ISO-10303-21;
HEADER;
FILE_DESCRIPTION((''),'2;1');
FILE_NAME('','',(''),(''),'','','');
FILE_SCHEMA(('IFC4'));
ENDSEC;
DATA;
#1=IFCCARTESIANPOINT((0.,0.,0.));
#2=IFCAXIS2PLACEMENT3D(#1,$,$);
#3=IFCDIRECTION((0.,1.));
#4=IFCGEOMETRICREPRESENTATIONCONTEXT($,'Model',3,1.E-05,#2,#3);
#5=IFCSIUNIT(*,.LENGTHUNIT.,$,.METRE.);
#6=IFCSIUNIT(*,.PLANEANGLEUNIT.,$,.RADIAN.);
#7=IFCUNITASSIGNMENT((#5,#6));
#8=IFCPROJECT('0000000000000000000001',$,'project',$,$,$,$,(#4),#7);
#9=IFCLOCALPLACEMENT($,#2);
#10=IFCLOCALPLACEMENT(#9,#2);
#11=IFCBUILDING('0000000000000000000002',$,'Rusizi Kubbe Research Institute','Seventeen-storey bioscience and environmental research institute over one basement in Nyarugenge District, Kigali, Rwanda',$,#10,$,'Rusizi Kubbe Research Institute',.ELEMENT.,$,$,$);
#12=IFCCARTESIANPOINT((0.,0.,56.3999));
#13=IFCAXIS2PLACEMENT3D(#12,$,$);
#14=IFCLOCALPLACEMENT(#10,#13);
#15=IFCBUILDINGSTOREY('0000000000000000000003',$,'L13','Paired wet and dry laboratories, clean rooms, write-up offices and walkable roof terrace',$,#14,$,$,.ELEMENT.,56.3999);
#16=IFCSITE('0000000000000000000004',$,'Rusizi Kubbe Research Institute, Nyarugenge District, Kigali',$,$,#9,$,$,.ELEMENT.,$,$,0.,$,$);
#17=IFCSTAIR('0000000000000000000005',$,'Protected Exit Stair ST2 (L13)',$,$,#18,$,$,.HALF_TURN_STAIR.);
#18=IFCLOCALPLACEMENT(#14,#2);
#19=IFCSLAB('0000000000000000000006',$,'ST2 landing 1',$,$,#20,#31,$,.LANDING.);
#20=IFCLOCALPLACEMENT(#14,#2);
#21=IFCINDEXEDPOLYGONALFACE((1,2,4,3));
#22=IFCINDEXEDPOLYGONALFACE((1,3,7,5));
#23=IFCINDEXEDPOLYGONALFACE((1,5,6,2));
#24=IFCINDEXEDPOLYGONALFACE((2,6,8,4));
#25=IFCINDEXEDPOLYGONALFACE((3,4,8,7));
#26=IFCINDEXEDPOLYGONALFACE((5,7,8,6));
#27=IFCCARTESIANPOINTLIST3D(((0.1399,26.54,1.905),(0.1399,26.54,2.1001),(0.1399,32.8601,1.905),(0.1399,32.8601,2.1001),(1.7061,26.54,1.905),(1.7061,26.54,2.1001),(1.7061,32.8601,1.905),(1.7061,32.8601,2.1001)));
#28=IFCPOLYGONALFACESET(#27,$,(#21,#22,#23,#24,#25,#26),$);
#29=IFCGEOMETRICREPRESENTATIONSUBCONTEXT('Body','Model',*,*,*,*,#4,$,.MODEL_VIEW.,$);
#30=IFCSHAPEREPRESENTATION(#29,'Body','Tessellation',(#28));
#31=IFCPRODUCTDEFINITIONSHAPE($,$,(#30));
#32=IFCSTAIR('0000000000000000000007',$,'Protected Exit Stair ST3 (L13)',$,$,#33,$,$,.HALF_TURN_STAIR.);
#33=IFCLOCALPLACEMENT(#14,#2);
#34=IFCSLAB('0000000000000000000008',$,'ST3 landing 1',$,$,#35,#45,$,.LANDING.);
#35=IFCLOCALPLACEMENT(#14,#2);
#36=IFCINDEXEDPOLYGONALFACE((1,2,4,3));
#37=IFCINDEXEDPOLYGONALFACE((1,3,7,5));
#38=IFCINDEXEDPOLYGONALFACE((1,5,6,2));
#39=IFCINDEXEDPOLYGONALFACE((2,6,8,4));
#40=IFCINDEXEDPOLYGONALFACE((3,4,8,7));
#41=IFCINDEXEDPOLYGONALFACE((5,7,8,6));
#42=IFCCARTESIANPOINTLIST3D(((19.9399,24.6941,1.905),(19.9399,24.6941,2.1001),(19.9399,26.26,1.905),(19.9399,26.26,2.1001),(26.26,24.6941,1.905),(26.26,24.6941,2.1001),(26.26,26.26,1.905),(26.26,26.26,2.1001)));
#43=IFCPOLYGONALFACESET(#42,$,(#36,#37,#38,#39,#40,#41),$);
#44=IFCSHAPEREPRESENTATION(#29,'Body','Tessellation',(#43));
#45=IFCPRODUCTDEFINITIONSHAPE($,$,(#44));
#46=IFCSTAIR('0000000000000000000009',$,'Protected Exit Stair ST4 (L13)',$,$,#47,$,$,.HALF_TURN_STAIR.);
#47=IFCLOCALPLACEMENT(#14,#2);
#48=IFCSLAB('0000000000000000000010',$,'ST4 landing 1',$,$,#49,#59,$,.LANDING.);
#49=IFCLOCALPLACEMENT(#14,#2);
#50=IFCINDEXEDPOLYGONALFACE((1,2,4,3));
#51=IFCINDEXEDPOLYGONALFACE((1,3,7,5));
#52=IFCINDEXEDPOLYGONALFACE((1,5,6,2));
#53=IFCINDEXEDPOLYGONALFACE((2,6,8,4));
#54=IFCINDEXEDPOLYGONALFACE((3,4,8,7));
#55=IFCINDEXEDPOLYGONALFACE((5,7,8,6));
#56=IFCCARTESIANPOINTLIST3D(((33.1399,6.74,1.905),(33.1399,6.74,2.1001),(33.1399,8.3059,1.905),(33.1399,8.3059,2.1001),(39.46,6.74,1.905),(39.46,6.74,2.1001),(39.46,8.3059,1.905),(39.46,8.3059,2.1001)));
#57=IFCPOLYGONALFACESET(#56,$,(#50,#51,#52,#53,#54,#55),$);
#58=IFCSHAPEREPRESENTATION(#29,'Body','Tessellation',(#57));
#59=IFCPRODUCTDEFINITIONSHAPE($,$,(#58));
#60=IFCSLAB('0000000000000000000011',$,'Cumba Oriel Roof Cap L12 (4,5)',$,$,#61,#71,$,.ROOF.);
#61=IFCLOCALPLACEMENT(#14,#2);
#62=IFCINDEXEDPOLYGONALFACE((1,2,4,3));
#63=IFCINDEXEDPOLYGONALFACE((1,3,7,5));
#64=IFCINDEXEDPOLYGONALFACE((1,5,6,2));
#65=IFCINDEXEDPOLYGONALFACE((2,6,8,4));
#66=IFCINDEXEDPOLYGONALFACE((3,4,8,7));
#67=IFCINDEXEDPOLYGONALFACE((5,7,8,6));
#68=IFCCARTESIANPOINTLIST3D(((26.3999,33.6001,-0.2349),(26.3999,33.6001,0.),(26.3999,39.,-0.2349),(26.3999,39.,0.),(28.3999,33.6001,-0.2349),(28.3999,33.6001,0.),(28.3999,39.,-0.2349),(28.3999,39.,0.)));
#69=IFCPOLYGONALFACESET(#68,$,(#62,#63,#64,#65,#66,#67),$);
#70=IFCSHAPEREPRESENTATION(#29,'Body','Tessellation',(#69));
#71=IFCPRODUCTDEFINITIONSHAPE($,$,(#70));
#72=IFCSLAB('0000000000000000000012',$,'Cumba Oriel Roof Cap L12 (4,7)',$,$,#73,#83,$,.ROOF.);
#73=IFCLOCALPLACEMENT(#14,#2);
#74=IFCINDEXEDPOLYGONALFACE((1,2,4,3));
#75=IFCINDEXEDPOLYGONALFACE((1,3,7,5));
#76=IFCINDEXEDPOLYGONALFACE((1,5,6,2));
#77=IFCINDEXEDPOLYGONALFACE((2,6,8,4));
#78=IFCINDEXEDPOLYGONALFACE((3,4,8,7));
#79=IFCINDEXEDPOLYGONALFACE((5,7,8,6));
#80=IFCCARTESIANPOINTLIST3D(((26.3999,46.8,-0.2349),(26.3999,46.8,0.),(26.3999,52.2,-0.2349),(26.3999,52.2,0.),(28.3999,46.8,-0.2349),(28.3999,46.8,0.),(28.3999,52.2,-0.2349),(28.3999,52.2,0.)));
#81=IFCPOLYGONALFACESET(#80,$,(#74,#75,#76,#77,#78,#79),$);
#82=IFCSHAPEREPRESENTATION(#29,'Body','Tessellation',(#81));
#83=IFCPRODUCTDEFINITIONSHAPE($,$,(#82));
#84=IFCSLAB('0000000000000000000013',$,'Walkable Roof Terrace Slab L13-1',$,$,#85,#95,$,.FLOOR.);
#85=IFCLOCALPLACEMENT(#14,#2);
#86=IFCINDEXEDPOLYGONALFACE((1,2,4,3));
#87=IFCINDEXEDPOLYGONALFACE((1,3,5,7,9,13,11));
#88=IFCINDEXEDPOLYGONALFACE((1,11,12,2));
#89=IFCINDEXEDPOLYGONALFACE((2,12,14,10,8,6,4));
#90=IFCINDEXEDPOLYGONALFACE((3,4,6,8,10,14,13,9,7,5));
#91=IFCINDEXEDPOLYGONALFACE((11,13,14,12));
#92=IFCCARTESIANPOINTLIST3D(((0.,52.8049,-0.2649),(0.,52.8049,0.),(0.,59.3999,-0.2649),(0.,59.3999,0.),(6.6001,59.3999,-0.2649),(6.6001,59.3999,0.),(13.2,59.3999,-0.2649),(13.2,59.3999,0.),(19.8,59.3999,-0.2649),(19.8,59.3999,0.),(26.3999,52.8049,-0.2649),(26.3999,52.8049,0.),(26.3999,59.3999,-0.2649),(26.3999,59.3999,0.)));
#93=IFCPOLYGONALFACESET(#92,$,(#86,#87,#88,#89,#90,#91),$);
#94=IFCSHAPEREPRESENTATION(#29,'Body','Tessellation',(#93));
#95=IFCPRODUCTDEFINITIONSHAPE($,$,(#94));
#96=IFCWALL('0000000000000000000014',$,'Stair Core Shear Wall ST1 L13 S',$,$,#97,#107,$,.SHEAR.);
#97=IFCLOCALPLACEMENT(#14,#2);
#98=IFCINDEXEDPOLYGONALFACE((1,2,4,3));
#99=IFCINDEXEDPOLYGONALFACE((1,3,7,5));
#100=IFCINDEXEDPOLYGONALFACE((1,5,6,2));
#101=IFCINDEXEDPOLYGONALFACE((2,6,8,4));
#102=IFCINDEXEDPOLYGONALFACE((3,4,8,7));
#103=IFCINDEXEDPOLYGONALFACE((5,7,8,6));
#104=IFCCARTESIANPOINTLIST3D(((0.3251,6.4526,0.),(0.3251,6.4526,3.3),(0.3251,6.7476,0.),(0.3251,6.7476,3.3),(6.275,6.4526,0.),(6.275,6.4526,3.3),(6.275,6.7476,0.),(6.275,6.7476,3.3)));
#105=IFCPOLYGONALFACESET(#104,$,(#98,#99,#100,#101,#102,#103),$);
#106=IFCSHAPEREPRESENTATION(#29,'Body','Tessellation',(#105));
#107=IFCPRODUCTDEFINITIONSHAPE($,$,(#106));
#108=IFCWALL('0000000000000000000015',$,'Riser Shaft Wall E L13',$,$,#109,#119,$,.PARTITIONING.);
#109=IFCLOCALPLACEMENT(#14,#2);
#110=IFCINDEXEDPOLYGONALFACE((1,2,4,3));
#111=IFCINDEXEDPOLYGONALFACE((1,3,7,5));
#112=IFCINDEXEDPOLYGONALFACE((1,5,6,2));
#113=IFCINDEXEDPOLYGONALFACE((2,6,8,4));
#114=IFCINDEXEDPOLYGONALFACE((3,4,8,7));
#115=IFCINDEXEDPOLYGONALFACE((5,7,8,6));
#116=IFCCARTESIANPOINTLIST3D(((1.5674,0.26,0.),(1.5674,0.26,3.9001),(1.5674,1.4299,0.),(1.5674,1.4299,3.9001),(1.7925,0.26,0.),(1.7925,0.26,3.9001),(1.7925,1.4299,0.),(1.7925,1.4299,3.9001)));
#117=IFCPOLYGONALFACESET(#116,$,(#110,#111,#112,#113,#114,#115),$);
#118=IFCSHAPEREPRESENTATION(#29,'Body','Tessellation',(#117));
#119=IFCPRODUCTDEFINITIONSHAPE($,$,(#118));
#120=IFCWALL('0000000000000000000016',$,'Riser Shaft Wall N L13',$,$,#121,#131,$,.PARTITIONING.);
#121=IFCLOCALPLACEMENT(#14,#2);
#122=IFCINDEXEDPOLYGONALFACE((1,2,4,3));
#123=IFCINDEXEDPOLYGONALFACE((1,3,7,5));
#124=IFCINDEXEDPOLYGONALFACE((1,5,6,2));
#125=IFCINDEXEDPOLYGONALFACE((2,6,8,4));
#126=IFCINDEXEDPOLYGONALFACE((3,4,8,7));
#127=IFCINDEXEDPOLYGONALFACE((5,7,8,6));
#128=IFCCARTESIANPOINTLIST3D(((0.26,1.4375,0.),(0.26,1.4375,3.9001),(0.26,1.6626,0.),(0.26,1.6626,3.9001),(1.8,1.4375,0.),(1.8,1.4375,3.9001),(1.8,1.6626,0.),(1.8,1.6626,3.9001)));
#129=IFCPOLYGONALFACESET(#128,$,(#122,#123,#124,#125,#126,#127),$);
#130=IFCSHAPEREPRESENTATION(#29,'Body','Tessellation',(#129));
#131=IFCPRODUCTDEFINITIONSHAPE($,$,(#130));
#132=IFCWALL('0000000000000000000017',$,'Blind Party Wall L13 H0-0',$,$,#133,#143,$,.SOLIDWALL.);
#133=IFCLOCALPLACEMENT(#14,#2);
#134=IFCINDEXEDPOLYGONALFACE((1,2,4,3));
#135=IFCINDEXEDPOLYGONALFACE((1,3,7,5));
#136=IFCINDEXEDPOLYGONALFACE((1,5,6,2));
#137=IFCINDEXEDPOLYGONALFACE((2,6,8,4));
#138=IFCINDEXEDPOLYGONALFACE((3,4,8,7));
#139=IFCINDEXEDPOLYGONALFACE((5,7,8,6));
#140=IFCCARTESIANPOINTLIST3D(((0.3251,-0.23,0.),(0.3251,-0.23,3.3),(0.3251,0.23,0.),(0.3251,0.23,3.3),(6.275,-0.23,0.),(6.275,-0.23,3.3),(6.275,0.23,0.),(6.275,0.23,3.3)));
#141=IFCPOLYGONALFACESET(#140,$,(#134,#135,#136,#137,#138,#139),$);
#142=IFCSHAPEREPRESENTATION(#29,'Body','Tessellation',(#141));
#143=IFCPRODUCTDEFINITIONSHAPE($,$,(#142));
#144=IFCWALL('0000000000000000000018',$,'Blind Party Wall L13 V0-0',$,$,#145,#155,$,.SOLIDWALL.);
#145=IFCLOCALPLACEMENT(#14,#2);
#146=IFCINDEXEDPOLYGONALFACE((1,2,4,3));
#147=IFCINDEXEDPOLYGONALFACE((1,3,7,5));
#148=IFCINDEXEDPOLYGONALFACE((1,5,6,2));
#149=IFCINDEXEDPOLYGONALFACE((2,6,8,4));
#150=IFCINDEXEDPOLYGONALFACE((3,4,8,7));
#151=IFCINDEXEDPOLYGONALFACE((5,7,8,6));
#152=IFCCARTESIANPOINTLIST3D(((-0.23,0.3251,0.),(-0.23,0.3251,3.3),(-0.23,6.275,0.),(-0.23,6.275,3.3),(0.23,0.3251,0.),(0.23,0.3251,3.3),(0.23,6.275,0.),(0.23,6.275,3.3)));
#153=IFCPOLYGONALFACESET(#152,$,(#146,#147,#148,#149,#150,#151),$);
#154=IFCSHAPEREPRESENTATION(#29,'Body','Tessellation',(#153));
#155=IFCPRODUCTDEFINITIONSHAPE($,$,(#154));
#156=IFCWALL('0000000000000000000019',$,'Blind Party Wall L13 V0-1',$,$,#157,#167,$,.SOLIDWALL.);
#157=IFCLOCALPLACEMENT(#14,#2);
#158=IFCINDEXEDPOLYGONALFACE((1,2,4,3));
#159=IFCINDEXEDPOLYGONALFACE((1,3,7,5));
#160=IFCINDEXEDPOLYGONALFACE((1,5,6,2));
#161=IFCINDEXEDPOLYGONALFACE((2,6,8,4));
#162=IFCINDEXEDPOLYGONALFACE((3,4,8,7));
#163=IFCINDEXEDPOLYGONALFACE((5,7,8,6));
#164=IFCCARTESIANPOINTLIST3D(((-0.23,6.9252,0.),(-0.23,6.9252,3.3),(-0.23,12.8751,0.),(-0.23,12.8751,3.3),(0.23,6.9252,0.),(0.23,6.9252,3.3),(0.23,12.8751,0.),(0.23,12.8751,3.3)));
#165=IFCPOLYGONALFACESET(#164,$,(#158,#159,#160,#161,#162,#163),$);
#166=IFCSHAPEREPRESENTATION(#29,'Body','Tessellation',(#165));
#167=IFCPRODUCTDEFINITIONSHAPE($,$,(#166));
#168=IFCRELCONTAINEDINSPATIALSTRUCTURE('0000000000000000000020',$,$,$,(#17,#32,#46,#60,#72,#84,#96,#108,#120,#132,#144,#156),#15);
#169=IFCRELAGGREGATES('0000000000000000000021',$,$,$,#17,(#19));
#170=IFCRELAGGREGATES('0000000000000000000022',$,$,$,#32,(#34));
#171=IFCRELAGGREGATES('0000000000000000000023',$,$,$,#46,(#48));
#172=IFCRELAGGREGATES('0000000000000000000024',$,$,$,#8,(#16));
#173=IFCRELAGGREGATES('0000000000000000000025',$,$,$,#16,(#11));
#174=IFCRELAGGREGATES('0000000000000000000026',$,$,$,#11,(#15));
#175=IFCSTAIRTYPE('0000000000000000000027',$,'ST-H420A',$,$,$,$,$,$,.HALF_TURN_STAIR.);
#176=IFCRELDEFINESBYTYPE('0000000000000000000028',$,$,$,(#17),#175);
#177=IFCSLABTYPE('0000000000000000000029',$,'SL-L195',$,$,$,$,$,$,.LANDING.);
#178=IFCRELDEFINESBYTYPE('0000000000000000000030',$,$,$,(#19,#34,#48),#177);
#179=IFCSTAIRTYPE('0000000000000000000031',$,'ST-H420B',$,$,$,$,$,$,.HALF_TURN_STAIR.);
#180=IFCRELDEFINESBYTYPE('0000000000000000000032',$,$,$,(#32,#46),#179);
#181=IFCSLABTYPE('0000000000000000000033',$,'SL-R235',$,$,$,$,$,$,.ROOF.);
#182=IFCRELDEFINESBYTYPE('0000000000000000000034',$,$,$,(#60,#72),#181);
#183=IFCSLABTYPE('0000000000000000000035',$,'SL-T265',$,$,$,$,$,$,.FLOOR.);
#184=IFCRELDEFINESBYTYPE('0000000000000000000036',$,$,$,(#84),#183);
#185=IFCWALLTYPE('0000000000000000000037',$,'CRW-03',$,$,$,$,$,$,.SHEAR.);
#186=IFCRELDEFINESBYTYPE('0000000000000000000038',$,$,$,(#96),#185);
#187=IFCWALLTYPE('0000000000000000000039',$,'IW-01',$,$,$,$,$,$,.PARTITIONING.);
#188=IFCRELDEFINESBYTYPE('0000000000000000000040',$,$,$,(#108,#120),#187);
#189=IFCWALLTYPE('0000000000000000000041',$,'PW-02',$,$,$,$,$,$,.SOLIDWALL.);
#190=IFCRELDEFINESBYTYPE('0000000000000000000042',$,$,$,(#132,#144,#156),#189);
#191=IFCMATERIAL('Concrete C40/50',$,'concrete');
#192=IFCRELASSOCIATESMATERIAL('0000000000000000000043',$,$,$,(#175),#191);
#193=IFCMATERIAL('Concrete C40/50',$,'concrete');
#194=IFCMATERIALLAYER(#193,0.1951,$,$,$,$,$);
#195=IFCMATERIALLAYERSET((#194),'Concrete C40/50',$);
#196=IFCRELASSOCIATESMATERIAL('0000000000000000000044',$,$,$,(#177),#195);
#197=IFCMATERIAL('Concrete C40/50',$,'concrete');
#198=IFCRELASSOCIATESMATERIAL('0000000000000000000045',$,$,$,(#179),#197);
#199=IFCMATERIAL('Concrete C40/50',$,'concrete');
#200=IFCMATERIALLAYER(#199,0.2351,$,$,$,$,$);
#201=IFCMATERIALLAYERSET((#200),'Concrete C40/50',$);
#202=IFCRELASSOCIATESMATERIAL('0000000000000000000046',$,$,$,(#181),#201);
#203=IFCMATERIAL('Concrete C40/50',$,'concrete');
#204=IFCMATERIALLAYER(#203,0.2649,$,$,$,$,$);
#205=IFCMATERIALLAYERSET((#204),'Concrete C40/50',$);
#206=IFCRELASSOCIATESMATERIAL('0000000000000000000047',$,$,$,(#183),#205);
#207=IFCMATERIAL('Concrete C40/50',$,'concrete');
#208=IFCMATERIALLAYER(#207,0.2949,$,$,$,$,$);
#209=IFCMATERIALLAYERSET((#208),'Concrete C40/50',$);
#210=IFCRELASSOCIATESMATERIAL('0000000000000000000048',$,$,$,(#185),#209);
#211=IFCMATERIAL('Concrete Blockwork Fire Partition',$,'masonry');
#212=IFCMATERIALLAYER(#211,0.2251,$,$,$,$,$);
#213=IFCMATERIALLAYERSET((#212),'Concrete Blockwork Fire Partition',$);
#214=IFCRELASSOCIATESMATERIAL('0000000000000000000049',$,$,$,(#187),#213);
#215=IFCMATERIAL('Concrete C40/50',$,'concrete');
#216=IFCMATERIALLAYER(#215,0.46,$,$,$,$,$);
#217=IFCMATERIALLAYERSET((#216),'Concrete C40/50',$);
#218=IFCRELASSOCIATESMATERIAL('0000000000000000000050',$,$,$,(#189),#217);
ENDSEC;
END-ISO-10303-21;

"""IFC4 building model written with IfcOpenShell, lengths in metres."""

from ifc_helpers import new_model, si_unit, direction, frame, frame_2d, origin, place, context, subcontext, project, spatial, polyline, rectangle, outline, extrude, material, layer, layer_set, type_object, element, aggregate, save


model = new_model("IFC4")

# Units and contexts
model_context = context("Model", 3, precision=1e-05, world=origin(), true_north=direction((0.0, 1.0)))
body_context = subcontext(model_context, "Body", "Model", "MODEL_VIEW")
ifc_project = project(units=[si_unit("LENGTHUNIT", "METRE"), si_unit("PLANEANGLEUNIT", "RADIAN")], contexts=[model_context])

# Site, building, storey
site_placement = place(None, origin())
site = spatial("IfcSite", under=ifc_project, at=site_placement, Name="Rusizi Kubbe Research Institute, Nyarugenge District, Kigali", CompositionType="ELEMENT", RefElevation=0.0)
building_placement = place(site_placement, origin())
building = spatial("IfcBuilding", under=site, at=building_placement, Name="Rusizi Kubbe Research Institute", Description="Seventeen-storey bioscience and environmental research institute over one basement in Nyarugenge District, Kigali, Rwanda", LongName="Rusizi Kubbe Research Institute", CompositionType="ELEMENT")
storey_placement = place(building_placement, frame((0.0, 0.0, 56.3999)))
storey = spatial("IfcBuildingStorey", under=building, at=storey_placement, Name="L13", Description="Paired wet and dry laboratories, clean rooms, write-up offices and walkable roof terrace", CompositionType="ELEMENT", Elevation=56.3999)

# Stairs, slabs
ifc_material_1 = material(Name="Concrete C40/50", Category="concrete")
stair_type_1 = type_object("IfcStairType", Name="ST-H420A", PredefinedType="HALF_TURN_STAIR", material=ifc_material_1)
ifc_material_2 = material(Name="Concrete C40/50", Category="concrete")
ifc_layer_1 = layer(ifc_material_2, 0.1951)
ifc_layer_set_1 = layer_set([ifc_layer_1], Name="Concrete C40/50")
slab_type_1 = type_object("IfcSlabType", Name="SL-L195", PredefinedType="LANDING", material=ifc_layer_set_1)
stair_1_placement = place(storey_placement, origin())
stair_1 = element("IfcStair", 1, at=stair_1_placement, inside=storey, type_object=stair_type_1, Name="Protected Exit Stair ST2 (L13)", PredefinedType="HALF_TURN_STAIR")
slab_1_placement = place(storey_placement, frame((0.0, 0.0, 1.905)))
slab_1 = element("IfcSlab", 2, at=slab_1_placement, type_object=slab_type_1, Name="ST2 landing 1", PredefinedType="LANDING", context=body_context, shape_type="SweptSolid", body=[
    extrude(outline(polyline([(1.7061, 32.8601), (0.1399, 32.8601), (0.1399, 26.54), (1.7061, 26.54), (1.7061, 32.8601)])), origin(), (0.0, 0.0, 1.0), 0.1951),
])
aggregate(stair_1, [slab_1])
ifc_material_3 = material(Name="Concrete C40/50", Category="concrete")
stair_type_2 = type_object("IfcStairType", Name="ST-H420B", PredefinedType="HALF_TURN_STAIR", material=ifc_material_3)
stair_2_placement = place(storey_placement, origin())
stair_2 = element("IfcStair", 3, at=stair_2_placement, inside=storey, type_object=stair_type_2, Name="Protected Exit Stair ST3 (L13)", PredefinedType="HALF_TURN_STAIR")
slab_2_placement = place(storey_placement, frame((0.0, 0.0, 1.905)))
slab_2 = element("IfcSlab", 4, at=slab_2_placement, type_object=slab_type_1, Name="ST3 landing 1", PredefinedType="LANDING", context=body_context, shape_type="SweptSolid", body=[
    extrude(outline(polyline([(26.26, 24.6941), (26.26, 26.26), (19.9399, 26.26), (19.9399, 24.6941), (26.26, 24.6941)])), origin(), (0.0, 0.0, 1.0), 0.1951),
])
aggregate(stair_2, [slab_2])
stair_3_placement = place(storey_placement, origin())
stair_3 = element("IfcStair", 5, at=stair_3_placement, inside=storey, type_object=stair_type_2, Name="Protected Exit Stair ST4 (L13)", PredefinedType="HALF_TURN_STAIR")
slab_3_placement = place(storey_placement, frame((0.0, 0.0, 1.905)))
slab_3 = element("IfcSlab", 6, at=slab_3_placement, type_object=slab_type_1, Name="ST4 landing 1", PredefinedType="LANDING", context=body_context, shape_type="SweptSolid", body=[
    extrude(outline(polyline([(33.1399, 8.3059), (33.1399, 6.74), (39.46, 6.74), (39.46, 8.3059), (33.1399, 8.3059)])), origin(), (0.0, 0.0, 1.0), 0.1951),
])
aggregate(stair_3, [slab_3])

# Slabs
ifc_material_4 = material(Name="Concrete C40/50", Category="concrete")
ifc_layer_2 = layer(ifc_material_4, 0.2351)
ifc_layer_set_2 = layer_set([ifc_layer_2], Name="Concrete C40/50")
slab_type_2 = type_object("IfcSlabType", Name="SL-R235", PredefinedType="ROOF", material=ifc_layer_set_2)
slab_4_placement = place(storey_placement, frame((0.0, 0.0, -0.2349)))
element("IfcSlab", 7, at=slab_4_placement, inside=storey, type_object=slab_type_2, Name="Cumba Oriel Roof Cap L12 (4,5)", PredefinedType="ROOF", context=body_context, shape_type="SweptSolid", body=[
    extrude(outline(polyline([(26.3999, 33.6001), (28.3999, 33.6001), (28.3999, 39.0), (26.3999, 39.0), (26.3999, 33.6001)])), origin(), (0.0, 0.0, 1.0), 0.2349),
])
slab_5_placement = place(storey_placement, frame((0.0, 0.0, -0.2349)))
element("IfcSlab", 8, at=slab_5_placement, inside=storey, type_object=slab_type_2, Name="Cumba Oriel Roof Cap L12 (4,7)", PredefinedType="ROOF", context=body_context, shape_type="SweptSolid", body=[
    extrude(outline(polyline([(26.3999, 46.8), (28.3999, 46.8), (28.3999, 52.2), (26.3999, 52.2), (26.3999, 46.8)])), origin(), (0.0, 0.0, 1.0), 0.2349),
])
ifc_material_5 = material(Name="Concrete C40/50", Category="concrete")
ifc_layer_3 = layer(ifc_material_5, 0.2649)
ifc_layer_set_3 = layer_set([ifc_layer_3], Name="Concrete C40/50")
slab_type_3 = type_object("IfcSlabType", Name="SL-T265", PredefinedType="FLOOR", material=ifc_layer_set_3)
slab_6_placement = place(storey_placement, frame((0.0, 0.0, -0.2649)))
element("IfcSlab", 9, at=slab_6_placement, inside=storey, type_object=slab_type_3, Name="Walkable Roof Terrace Slab L13-1", PredefinedType="FLOOR", context=body_context, shape_type="SweptSolid", body=[
    extrude(outline(polyline([(6.6001, 59.3999), (13.2, 59.3999), (19.8, 59.3999), (26.3999, 59.3999), (26.3999, 52.8049), (0.0, 52.8049), (0.0, 59.3999), (6.6001, 59.3999)])), origin(), (0.0, 0.0, 1.0), 0.2649),
])

# Walls
ifc_material_6 = material(Name="Concrete C40/50", Category="concrete")
ifc_layer_4 = layer(ifc_material_6, 0.2949)
ifc_layer_set_4 = layer_set([ifc_layer_4], Name="Concrete C40/50")
wall_type_1 = type_object("IfcWallType", Name="CRW-03", PredefinedType="SHEAR", material=ifc_layer_set_4)
wall_1_placement = place(storey_placement, frame((0.325, 6.6001, 0.0), z_axis=(0.0, 0.0, 1.0), x_axis=(1.0, 0.0, 0.0)))
element("IfcWall", 10, at=wall_1_placement, inside=storey, type_object=wall_type_1, Name="Stair Core Shear Wall ST1 L13 S", PredefinedType="SHEAR", context=body_context, shape_type="SweptSolid", body=[
    extrude(rectangle(XDim=5.95, YDim=0.2949, at=frame_2d((2.9751, 0.0))), origin(), (0.0, 0.0, 1.0), 3.3),
])
ifc_material_7 = material(Name="Concrete Blockwork Fire Partition", Category="masonry")
ifc_layer_5 = layer(ifc_material_7, 0.2251)
ifc_layer_set_5 = layer_set([ifc_layer_5], Name="Concrete Blockwork Fire Partition")
wall_type_2 = type_object("IfcWallType", Name="IW-01", PredefinedType="PARTITIONING", material=ifc_layer_set_5)
wall_2_placement = place(storey_placement, frame((1.6799, 0.26, 0.0), z_axis=(0.0, 0.0, 1.0), x_axis=(0.0, 1.0, 0.0)))
element("IfcWall", 11, at=wall_2_placement, inside=storey, type_object=wall_type_2, Name="Riser Shaft Wall E L13", PredefinedType="PARTITIONING", context=body_context, shape_type="SweptSolid", body=[
    extrude(rectangle(XDim=1.1699, YDim=0.2251, at=frame_2d((0.585, 0.0))), origin(), (0.0, 0.0, 1.0), 3.9001),
])
wall_3_placement = place(storey_placement, frame((0.26, 1.55, 0.0), z_axis=(0.0, 0.0, 1.0), x_axis=(1.0, 0.0, 0.0)))
element("IfcWall", 12, at=wall_3_placement, inside=storey, type_object=wall_type_2, Name="Riser Shaft Wall N L13", PredefinedType="PARTITIONING", context=body_context, shape_type="SweptSolid", body=[
    extrude(rectangle(XDim=1.54, YDim=0.2251, at=frame_2d((0.77, 0.0))), origin(), (0.0, 0.0, 1.0), 3.9001),
])
ifc_material_8 = material(Name="Concrete C40/50", Category="concrete")
ifc_layer_6 = layer(ifc_material_8, 0.46)
ifc_layer_set_6 = layer_set([ifc_layer_6], Name="Concrete C40/50")
wall_type_3 = type_object("IfcWallType", Name="PW-02", PredefinedType="SOLIDWALL", material=ifc_layer_set_6)
for number, where, z_axis, x_axis, name in (
    (13, (0.325, 0.0, 0.0), (0.0, 0.0, 1.0), (1.0, 0.0, 0.0), "Blind Party Wall L13 H0-0"),
    (14, (0.0, 0.325, 0.0), (0.0, 0.0, 1.0), (0.0, 1.0, 0.0), "Blind Party Wall L13 V0-0"),
    (15, (0.0, 6.925, 0.0), (0.0, 0.0, 1.0), (0.0, 1.0, 0.0), "Blind Party Wall L13 V0-1"),
):
    element("IfcWall", number, at=place(storey_placement, frame(where, z_axis=z_axis, x_axis=x_axis)), inside=storey, type_object=wall_type_3, Name=name, PredefinedType="SOLIDWALL", context=body_context, shape_type="SweptSolid", body=[
        extrude(rectangle(XDim=5.95, YDim=0.46, at=frame_2d((2.9751, 0.0))), origin(), (0.0, 0.0, 1.0), 3.3),
    ])

save(model, "model.ifc")
